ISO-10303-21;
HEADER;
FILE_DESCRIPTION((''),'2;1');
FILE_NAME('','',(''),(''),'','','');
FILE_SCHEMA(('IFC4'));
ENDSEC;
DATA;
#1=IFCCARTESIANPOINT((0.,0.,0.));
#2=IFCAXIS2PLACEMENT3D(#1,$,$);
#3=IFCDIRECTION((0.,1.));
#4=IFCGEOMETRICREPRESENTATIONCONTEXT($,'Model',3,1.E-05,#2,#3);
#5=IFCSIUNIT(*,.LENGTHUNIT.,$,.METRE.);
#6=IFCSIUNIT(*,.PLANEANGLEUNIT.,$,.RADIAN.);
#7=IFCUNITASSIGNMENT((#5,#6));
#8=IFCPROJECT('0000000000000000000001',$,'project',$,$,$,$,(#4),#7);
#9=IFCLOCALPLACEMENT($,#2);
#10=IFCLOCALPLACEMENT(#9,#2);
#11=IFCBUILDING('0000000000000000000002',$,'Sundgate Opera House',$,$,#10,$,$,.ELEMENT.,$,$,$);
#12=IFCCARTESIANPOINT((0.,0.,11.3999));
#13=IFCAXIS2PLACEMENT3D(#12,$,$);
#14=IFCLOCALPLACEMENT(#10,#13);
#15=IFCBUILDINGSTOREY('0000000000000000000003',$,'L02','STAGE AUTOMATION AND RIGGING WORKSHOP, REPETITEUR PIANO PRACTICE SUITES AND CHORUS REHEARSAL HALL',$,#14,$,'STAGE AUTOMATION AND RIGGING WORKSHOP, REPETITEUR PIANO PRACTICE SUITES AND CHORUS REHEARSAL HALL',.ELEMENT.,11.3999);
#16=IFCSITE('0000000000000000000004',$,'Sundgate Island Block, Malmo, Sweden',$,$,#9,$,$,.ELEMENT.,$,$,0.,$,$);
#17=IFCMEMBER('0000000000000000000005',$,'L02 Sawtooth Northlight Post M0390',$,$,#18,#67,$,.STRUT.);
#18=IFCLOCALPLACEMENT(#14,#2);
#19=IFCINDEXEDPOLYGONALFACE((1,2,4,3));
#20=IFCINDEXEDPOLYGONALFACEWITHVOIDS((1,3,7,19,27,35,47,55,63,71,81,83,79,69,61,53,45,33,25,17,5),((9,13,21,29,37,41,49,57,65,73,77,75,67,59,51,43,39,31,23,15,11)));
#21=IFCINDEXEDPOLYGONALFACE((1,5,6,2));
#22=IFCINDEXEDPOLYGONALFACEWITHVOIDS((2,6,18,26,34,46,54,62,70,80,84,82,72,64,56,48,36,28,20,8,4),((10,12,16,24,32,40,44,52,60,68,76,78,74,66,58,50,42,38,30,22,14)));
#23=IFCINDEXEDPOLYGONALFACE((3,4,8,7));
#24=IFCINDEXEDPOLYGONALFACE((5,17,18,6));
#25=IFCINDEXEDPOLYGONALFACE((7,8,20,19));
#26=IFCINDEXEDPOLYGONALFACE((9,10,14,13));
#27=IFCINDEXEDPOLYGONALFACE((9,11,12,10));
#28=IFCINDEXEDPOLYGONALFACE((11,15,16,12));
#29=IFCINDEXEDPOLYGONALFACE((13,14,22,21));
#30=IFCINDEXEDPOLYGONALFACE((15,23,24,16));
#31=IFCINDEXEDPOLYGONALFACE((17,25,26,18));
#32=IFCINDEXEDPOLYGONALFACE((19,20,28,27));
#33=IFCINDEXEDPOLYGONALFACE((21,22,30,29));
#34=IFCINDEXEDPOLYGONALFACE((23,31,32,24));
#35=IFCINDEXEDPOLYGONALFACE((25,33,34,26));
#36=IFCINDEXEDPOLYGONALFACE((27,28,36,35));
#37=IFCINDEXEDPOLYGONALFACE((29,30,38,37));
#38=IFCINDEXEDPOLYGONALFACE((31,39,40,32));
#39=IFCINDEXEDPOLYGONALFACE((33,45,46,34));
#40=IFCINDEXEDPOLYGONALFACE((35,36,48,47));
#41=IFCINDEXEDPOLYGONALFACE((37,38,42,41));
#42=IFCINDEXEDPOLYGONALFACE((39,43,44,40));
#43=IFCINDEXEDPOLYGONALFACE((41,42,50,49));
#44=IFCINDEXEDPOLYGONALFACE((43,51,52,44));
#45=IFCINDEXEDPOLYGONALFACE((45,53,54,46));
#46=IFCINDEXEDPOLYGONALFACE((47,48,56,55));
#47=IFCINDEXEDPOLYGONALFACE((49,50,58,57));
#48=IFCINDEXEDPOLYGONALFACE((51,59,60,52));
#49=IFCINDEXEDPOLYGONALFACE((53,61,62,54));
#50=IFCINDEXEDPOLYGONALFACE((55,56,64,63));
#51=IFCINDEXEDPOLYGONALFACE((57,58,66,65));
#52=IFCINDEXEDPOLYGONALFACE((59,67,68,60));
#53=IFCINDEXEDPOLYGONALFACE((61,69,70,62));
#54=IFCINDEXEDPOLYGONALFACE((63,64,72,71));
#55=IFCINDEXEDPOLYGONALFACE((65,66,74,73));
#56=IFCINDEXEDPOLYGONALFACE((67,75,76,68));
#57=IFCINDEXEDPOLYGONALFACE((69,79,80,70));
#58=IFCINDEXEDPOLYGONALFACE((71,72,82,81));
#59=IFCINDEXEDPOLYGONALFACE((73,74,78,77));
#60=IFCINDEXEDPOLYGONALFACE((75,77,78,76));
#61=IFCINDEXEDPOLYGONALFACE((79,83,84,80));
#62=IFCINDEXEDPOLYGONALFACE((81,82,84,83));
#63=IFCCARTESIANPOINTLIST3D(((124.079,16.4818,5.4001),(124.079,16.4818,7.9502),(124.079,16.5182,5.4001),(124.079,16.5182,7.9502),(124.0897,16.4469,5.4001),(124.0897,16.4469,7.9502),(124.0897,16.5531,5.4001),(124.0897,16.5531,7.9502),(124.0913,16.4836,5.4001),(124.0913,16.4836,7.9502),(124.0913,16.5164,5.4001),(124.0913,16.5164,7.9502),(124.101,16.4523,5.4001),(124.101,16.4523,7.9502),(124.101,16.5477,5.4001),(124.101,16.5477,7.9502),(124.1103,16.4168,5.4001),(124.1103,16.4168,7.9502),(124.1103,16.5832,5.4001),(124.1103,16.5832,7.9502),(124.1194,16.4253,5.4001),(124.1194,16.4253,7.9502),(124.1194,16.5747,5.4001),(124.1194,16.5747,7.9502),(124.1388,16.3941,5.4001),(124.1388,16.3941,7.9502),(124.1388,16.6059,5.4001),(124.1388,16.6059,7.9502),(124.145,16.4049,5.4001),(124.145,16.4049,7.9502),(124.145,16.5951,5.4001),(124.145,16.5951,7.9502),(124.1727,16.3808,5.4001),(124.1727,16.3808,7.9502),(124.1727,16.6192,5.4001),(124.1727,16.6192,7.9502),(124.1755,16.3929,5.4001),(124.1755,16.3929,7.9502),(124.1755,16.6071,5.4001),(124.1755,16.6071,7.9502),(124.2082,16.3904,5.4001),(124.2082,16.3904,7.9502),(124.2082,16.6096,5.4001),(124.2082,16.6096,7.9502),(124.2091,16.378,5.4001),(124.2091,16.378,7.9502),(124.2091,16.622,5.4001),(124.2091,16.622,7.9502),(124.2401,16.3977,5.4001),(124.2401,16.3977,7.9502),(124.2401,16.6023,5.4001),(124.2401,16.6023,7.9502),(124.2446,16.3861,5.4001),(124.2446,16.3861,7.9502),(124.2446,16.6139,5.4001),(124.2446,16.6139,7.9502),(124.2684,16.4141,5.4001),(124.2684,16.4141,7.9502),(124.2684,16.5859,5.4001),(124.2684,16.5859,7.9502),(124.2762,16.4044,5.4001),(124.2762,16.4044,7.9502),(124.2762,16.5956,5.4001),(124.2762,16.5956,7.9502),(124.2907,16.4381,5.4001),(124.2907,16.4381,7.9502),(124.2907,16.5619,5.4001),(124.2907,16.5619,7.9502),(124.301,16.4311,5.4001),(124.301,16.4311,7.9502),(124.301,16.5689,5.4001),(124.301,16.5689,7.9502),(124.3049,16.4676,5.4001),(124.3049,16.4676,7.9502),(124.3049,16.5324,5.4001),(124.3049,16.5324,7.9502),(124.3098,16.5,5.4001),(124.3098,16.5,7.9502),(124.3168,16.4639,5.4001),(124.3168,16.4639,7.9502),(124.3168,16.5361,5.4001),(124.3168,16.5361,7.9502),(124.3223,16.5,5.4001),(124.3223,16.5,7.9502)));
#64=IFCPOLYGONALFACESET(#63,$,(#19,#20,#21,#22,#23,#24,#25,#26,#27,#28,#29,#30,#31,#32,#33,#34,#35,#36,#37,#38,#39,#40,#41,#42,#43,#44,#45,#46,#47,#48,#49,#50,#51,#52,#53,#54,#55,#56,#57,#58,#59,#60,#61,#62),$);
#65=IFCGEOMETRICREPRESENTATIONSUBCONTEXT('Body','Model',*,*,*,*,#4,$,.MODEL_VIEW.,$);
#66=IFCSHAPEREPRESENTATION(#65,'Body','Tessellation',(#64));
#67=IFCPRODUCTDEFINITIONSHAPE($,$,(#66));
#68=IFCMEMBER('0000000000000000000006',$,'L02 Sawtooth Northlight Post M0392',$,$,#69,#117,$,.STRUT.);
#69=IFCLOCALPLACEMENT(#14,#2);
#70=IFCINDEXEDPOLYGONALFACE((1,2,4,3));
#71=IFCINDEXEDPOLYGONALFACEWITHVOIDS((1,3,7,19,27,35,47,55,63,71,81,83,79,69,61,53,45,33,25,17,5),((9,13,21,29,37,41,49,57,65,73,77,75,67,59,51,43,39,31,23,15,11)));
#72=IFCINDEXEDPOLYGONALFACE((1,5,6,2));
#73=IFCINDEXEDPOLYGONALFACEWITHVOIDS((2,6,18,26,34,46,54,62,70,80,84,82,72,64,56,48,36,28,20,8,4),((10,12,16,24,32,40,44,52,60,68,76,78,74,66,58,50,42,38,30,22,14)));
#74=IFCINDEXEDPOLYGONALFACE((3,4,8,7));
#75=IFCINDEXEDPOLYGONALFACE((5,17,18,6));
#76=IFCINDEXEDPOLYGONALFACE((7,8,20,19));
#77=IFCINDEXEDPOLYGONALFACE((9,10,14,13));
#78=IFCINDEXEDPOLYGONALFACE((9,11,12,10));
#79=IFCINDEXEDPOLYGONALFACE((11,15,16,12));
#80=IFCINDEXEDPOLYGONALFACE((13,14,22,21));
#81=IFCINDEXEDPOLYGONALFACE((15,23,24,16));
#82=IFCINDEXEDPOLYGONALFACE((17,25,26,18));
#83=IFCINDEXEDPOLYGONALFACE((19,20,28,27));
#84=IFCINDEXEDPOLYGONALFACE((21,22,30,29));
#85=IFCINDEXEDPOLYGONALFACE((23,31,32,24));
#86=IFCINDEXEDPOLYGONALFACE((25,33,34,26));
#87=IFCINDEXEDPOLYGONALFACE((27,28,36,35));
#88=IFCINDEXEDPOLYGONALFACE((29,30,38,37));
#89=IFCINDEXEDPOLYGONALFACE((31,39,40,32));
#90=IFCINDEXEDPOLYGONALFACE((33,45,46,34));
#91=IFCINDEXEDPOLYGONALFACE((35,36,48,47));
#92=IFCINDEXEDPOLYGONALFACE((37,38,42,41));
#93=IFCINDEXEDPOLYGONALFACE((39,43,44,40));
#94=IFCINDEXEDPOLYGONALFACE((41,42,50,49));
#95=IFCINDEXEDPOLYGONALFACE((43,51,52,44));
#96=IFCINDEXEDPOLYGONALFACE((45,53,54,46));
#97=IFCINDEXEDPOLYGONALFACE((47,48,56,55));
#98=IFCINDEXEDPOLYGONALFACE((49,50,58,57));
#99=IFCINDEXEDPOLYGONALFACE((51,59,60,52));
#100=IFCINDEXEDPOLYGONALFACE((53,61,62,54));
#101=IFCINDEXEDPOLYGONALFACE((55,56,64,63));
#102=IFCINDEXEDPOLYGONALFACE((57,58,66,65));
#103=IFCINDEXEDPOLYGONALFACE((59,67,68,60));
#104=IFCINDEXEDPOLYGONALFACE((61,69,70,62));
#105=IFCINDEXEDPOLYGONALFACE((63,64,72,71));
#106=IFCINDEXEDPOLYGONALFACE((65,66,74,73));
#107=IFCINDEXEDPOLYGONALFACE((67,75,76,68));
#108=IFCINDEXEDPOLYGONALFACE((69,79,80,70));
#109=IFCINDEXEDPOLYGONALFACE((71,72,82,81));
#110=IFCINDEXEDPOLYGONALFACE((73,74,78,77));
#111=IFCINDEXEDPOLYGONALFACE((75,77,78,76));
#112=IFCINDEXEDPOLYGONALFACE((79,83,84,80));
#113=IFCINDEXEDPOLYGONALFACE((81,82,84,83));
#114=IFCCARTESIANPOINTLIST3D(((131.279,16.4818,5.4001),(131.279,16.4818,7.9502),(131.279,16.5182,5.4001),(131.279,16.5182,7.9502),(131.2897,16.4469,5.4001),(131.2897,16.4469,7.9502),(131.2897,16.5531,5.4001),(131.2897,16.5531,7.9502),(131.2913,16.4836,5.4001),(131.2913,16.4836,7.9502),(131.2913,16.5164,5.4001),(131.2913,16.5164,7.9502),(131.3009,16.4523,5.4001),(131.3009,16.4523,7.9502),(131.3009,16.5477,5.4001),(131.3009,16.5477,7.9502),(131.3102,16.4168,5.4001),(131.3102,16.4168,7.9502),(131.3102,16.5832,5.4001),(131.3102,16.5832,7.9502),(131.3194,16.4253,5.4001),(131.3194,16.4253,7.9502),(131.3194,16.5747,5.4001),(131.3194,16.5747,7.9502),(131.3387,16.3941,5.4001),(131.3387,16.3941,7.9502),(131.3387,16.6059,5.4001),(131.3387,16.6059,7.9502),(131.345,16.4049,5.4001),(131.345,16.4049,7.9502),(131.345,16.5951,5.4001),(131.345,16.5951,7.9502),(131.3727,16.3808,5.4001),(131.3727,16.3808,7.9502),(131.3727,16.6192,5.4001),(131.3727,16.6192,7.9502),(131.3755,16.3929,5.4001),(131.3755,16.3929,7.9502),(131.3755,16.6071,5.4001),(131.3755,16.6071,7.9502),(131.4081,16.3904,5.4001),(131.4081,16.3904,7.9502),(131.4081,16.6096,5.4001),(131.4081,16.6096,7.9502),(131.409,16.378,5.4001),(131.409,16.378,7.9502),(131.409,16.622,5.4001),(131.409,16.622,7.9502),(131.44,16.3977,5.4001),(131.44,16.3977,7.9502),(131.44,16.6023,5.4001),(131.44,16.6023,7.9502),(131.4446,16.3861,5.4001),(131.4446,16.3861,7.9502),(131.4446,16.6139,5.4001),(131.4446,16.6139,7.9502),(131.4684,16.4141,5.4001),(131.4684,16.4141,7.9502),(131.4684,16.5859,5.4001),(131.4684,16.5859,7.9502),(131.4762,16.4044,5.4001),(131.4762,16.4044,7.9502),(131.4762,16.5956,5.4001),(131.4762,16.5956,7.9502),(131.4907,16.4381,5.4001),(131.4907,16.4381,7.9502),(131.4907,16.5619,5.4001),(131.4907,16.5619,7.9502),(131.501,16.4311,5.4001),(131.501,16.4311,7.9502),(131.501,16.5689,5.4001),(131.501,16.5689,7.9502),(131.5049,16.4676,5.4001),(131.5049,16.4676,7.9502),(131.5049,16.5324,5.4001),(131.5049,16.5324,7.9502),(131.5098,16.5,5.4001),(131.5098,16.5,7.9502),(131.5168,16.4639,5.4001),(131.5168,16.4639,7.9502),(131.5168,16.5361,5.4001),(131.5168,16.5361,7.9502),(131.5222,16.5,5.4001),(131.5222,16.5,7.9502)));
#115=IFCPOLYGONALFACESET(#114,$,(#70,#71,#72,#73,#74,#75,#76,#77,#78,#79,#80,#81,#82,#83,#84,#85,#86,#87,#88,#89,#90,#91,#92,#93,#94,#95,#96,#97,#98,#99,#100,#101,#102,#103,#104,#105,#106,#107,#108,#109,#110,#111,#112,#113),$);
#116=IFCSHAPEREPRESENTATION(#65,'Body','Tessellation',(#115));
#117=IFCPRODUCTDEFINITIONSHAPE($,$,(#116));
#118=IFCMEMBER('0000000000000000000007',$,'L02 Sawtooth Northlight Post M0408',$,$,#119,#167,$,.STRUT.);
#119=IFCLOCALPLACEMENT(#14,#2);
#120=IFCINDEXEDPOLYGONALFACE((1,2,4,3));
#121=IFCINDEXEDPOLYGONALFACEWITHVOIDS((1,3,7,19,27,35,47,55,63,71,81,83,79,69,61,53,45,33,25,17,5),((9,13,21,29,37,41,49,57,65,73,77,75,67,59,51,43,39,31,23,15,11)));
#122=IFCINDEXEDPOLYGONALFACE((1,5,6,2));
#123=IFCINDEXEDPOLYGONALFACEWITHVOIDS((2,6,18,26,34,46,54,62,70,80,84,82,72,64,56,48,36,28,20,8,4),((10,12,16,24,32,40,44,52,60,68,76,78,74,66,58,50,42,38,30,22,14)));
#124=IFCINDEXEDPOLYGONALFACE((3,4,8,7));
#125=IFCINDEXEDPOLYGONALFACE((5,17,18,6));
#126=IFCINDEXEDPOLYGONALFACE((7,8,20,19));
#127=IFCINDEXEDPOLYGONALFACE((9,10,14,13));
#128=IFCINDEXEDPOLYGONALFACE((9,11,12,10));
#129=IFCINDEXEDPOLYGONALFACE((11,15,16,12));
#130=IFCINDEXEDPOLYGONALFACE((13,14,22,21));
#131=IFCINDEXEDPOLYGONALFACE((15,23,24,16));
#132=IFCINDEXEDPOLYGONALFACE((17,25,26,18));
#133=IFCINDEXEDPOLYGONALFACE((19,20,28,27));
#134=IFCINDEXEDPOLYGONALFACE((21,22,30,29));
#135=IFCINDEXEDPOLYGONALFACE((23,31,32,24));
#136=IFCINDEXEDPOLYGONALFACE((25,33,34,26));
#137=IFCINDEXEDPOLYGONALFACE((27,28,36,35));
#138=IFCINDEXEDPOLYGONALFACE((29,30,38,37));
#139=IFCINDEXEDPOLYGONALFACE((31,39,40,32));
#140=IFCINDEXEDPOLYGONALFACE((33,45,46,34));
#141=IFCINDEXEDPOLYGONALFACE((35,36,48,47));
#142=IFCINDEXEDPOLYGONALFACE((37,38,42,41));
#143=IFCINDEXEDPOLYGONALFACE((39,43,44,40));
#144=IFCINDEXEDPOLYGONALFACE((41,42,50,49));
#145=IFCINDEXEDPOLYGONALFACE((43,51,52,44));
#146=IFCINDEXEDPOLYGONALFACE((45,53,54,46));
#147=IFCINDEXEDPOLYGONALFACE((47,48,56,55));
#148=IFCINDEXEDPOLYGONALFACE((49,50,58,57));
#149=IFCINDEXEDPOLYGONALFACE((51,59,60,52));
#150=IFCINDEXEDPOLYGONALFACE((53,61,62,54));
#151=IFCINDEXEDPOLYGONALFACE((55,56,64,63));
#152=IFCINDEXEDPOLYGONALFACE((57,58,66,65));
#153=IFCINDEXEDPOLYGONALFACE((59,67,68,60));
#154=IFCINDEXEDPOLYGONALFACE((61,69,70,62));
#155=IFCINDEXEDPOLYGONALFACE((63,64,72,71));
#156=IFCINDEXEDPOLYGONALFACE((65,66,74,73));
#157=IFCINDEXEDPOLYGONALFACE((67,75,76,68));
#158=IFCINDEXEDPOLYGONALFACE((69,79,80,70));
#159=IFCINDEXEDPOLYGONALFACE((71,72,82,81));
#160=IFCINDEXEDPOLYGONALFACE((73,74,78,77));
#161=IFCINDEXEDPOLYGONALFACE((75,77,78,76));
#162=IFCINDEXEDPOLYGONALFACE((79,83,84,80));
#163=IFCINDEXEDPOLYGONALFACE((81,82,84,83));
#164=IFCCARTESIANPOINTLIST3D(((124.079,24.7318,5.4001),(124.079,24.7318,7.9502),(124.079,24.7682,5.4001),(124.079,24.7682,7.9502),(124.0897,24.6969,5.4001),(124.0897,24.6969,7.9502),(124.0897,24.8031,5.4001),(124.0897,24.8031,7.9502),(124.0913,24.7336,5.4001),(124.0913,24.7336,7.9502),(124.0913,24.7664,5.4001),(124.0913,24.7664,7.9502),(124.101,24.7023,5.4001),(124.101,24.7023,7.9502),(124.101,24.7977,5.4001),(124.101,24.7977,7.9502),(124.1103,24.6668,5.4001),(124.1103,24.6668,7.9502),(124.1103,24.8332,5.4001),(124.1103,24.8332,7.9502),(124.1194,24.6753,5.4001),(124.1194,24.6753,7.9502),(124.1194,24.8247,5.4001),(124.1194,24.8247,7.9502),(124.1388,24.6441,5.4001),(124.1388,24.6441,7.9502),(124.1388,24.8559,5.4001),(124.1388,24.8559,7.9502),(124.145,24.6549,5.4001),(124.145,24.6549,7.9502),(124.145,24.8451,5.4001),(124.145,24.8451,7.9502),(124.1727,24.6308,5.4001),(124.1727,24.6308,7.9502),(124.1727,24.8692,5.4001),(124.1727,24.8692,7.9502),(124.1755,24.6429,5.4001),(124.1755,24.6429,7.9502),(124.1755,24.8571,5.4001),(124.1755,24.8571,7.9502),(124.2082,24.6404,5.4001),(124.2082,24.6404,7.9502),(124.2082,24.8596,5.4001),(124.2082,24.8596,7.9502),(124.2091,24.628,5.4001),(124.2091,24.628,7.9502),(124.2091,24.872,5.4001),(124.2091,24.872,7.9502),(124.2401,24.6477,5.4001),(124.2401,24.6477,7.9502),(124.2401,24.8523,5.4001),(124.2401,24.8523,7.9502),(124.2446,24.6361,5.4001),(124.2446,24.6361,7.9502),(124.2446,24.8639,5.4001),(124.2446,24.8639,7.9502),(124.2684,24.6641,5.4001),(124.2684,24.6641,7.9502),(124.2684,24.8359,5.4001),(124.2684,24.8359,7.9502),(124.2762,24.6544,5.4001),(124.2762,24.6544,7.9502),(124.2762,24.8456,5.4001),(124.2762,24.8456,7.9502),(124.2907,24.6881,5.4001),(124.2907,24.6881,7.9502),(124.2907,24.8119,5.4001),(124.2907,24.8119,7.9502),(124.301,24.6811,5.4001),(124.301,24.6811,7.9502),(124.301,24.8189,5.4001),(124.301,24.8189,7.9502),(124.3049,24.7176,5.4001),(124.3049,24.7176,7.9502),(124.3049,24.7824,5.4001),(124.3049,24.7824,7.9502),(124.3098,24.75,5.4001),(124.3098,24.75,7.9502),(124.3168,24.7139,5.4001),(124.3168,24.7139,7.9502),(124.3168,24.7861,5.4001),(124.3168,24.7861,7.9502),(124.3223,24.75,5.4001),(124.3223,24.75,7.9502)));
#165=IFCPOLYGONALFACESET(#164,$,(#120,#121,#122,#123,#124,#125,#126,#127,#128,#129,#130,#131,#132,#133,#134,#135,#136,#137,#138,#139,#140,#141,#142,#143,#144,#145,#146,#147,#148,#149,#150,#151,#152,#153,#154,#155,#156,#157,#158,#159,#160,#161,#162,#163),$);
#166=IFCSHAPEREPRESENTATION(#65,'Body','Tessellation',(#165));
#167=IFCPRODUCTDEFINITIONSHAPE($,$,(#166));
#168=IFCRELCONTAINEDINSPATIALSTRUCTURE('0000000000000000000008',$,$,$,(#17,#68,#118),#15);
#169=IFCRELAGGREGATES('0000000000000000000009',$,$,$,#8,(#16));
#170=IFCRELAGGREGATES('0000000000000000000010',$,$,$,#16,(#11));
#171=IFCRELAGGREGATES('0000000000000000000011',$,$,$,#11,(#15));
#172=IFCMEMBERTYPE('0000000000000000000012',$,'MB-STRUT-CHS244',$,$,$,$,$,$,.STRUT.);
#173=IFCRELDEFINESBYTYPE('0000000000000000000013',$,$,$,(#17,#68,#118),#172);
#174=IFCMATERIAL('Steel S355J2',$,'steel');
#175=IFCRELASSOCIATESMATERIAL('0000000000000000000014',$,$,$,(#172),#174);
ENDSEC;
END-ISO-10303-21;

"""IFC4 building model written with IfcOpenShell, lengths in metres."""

from ifc_helpers import new_model, si_unit, direction, frame, origin, origin_2d, place, context, subcontext, project, spatial, hollow_circle, extrude, material, material_profile, profile_set, type_object, element, save


model = new_model("IFC4")

# Units and contexts
model_context = context("Model", 3, precision=1e-05, world=origin(), true_north=direction((0.0, 1.0)))
body_context = subcontext(model_context, "Body", "Model", "MODEL_VIEW")
ifc_project = project(units=[si_unit("LENGTHUNIT", "METRE"), si_unit("PLANEANGLEUNIT", "RADIAN")], contexts=[model_context])

# Site, building, storey
site_placement = place(None, origin())
site = spatial("IfcSite", under=ifc_project, at=site_placement, Name="Sundgate Island Block, Malmo, Sweden", CompositionType="ELEMENT", RefElevation=0.0)
building_placement = place(site_placement, origin())
building = spatial("IfcBuilding", under=site, at=building_placement, Name="Sundgate Opera House", CompositionType="ELEMENT")
storey_placement = place(building_placement, frame((0.0, 0.0, 11.3999)))
storey = spatial("IfcBuildingStorey", under=building, at=storey_placement, Name="L02", Description="STAGE AUTOMATION AND RIGGING WORKSHOP, REPETITEUR PIANO PRACTICE SUITES AND CHORUS REHEARSAL HALL", LongName="STAGE AUTOMATION AND RIGGING WORKSHOP, REPETITEUR PIANO PRACTICE SUITES AND CHORUS REHEARSAL HALL", CompositionType="ELEMENT", Elevation=11.3999)

# Members
ifc_material_1 = material(Name="Steel S355J2", Category="steel")
ifc_material_profile_1 = material_profile(ifc_material_1, hollow_circle(Radius=0.1223, WallThickness=0.0125, at=origin_2d()), Name="CHS 244.5x12.5")
ifc_profile_set_1 = profile_set([ifc_material_profile_1], Name="Steel S355J2")
member_type_1 = type_object("IfcMemberType", Name="MB-STRUT-CHS244", PredefinedType="STRUT", material=ifc_profile_set_1)
for number, where, z_axis, x_axis, name in (
    (1, (124.2, 16.5, 5.4001), (0.0, 0.0, 1.0), (1.0, 0.0, 0.0), "L02 Sawtooth Northlight Post M0390"),
    (2, (131.3999, 16.5, 5.4001), (0.0, 0.0, 1.0), (1.0, 0.0, 0.0), "L02 Sawtooth Northlight Post M0392"),
    (3, (124.2, 24.75, 5.4001), (0.0, 0.0, 1.0), (1.0, 0.0, 0.0), "L02 Sawtooth Northlight Post M0408"),
):
    element("IfcMember", number, at=place(storey_placement, frame(where, z_axis=z_axis, x_axis=x_axis)), inside=storey, type_object=member_type_1, Name=name, PredefinedType="STRUT", context=body_context, shape_type="SweptSolid", body=[
        extrude(hollow_circle(Radius=0.1223, WallThickness=0.0125, at=origin_2d()), origin(), (0.0, 0.0, 1.0), 2.55),
    ])

save(model, "model.ifc")
